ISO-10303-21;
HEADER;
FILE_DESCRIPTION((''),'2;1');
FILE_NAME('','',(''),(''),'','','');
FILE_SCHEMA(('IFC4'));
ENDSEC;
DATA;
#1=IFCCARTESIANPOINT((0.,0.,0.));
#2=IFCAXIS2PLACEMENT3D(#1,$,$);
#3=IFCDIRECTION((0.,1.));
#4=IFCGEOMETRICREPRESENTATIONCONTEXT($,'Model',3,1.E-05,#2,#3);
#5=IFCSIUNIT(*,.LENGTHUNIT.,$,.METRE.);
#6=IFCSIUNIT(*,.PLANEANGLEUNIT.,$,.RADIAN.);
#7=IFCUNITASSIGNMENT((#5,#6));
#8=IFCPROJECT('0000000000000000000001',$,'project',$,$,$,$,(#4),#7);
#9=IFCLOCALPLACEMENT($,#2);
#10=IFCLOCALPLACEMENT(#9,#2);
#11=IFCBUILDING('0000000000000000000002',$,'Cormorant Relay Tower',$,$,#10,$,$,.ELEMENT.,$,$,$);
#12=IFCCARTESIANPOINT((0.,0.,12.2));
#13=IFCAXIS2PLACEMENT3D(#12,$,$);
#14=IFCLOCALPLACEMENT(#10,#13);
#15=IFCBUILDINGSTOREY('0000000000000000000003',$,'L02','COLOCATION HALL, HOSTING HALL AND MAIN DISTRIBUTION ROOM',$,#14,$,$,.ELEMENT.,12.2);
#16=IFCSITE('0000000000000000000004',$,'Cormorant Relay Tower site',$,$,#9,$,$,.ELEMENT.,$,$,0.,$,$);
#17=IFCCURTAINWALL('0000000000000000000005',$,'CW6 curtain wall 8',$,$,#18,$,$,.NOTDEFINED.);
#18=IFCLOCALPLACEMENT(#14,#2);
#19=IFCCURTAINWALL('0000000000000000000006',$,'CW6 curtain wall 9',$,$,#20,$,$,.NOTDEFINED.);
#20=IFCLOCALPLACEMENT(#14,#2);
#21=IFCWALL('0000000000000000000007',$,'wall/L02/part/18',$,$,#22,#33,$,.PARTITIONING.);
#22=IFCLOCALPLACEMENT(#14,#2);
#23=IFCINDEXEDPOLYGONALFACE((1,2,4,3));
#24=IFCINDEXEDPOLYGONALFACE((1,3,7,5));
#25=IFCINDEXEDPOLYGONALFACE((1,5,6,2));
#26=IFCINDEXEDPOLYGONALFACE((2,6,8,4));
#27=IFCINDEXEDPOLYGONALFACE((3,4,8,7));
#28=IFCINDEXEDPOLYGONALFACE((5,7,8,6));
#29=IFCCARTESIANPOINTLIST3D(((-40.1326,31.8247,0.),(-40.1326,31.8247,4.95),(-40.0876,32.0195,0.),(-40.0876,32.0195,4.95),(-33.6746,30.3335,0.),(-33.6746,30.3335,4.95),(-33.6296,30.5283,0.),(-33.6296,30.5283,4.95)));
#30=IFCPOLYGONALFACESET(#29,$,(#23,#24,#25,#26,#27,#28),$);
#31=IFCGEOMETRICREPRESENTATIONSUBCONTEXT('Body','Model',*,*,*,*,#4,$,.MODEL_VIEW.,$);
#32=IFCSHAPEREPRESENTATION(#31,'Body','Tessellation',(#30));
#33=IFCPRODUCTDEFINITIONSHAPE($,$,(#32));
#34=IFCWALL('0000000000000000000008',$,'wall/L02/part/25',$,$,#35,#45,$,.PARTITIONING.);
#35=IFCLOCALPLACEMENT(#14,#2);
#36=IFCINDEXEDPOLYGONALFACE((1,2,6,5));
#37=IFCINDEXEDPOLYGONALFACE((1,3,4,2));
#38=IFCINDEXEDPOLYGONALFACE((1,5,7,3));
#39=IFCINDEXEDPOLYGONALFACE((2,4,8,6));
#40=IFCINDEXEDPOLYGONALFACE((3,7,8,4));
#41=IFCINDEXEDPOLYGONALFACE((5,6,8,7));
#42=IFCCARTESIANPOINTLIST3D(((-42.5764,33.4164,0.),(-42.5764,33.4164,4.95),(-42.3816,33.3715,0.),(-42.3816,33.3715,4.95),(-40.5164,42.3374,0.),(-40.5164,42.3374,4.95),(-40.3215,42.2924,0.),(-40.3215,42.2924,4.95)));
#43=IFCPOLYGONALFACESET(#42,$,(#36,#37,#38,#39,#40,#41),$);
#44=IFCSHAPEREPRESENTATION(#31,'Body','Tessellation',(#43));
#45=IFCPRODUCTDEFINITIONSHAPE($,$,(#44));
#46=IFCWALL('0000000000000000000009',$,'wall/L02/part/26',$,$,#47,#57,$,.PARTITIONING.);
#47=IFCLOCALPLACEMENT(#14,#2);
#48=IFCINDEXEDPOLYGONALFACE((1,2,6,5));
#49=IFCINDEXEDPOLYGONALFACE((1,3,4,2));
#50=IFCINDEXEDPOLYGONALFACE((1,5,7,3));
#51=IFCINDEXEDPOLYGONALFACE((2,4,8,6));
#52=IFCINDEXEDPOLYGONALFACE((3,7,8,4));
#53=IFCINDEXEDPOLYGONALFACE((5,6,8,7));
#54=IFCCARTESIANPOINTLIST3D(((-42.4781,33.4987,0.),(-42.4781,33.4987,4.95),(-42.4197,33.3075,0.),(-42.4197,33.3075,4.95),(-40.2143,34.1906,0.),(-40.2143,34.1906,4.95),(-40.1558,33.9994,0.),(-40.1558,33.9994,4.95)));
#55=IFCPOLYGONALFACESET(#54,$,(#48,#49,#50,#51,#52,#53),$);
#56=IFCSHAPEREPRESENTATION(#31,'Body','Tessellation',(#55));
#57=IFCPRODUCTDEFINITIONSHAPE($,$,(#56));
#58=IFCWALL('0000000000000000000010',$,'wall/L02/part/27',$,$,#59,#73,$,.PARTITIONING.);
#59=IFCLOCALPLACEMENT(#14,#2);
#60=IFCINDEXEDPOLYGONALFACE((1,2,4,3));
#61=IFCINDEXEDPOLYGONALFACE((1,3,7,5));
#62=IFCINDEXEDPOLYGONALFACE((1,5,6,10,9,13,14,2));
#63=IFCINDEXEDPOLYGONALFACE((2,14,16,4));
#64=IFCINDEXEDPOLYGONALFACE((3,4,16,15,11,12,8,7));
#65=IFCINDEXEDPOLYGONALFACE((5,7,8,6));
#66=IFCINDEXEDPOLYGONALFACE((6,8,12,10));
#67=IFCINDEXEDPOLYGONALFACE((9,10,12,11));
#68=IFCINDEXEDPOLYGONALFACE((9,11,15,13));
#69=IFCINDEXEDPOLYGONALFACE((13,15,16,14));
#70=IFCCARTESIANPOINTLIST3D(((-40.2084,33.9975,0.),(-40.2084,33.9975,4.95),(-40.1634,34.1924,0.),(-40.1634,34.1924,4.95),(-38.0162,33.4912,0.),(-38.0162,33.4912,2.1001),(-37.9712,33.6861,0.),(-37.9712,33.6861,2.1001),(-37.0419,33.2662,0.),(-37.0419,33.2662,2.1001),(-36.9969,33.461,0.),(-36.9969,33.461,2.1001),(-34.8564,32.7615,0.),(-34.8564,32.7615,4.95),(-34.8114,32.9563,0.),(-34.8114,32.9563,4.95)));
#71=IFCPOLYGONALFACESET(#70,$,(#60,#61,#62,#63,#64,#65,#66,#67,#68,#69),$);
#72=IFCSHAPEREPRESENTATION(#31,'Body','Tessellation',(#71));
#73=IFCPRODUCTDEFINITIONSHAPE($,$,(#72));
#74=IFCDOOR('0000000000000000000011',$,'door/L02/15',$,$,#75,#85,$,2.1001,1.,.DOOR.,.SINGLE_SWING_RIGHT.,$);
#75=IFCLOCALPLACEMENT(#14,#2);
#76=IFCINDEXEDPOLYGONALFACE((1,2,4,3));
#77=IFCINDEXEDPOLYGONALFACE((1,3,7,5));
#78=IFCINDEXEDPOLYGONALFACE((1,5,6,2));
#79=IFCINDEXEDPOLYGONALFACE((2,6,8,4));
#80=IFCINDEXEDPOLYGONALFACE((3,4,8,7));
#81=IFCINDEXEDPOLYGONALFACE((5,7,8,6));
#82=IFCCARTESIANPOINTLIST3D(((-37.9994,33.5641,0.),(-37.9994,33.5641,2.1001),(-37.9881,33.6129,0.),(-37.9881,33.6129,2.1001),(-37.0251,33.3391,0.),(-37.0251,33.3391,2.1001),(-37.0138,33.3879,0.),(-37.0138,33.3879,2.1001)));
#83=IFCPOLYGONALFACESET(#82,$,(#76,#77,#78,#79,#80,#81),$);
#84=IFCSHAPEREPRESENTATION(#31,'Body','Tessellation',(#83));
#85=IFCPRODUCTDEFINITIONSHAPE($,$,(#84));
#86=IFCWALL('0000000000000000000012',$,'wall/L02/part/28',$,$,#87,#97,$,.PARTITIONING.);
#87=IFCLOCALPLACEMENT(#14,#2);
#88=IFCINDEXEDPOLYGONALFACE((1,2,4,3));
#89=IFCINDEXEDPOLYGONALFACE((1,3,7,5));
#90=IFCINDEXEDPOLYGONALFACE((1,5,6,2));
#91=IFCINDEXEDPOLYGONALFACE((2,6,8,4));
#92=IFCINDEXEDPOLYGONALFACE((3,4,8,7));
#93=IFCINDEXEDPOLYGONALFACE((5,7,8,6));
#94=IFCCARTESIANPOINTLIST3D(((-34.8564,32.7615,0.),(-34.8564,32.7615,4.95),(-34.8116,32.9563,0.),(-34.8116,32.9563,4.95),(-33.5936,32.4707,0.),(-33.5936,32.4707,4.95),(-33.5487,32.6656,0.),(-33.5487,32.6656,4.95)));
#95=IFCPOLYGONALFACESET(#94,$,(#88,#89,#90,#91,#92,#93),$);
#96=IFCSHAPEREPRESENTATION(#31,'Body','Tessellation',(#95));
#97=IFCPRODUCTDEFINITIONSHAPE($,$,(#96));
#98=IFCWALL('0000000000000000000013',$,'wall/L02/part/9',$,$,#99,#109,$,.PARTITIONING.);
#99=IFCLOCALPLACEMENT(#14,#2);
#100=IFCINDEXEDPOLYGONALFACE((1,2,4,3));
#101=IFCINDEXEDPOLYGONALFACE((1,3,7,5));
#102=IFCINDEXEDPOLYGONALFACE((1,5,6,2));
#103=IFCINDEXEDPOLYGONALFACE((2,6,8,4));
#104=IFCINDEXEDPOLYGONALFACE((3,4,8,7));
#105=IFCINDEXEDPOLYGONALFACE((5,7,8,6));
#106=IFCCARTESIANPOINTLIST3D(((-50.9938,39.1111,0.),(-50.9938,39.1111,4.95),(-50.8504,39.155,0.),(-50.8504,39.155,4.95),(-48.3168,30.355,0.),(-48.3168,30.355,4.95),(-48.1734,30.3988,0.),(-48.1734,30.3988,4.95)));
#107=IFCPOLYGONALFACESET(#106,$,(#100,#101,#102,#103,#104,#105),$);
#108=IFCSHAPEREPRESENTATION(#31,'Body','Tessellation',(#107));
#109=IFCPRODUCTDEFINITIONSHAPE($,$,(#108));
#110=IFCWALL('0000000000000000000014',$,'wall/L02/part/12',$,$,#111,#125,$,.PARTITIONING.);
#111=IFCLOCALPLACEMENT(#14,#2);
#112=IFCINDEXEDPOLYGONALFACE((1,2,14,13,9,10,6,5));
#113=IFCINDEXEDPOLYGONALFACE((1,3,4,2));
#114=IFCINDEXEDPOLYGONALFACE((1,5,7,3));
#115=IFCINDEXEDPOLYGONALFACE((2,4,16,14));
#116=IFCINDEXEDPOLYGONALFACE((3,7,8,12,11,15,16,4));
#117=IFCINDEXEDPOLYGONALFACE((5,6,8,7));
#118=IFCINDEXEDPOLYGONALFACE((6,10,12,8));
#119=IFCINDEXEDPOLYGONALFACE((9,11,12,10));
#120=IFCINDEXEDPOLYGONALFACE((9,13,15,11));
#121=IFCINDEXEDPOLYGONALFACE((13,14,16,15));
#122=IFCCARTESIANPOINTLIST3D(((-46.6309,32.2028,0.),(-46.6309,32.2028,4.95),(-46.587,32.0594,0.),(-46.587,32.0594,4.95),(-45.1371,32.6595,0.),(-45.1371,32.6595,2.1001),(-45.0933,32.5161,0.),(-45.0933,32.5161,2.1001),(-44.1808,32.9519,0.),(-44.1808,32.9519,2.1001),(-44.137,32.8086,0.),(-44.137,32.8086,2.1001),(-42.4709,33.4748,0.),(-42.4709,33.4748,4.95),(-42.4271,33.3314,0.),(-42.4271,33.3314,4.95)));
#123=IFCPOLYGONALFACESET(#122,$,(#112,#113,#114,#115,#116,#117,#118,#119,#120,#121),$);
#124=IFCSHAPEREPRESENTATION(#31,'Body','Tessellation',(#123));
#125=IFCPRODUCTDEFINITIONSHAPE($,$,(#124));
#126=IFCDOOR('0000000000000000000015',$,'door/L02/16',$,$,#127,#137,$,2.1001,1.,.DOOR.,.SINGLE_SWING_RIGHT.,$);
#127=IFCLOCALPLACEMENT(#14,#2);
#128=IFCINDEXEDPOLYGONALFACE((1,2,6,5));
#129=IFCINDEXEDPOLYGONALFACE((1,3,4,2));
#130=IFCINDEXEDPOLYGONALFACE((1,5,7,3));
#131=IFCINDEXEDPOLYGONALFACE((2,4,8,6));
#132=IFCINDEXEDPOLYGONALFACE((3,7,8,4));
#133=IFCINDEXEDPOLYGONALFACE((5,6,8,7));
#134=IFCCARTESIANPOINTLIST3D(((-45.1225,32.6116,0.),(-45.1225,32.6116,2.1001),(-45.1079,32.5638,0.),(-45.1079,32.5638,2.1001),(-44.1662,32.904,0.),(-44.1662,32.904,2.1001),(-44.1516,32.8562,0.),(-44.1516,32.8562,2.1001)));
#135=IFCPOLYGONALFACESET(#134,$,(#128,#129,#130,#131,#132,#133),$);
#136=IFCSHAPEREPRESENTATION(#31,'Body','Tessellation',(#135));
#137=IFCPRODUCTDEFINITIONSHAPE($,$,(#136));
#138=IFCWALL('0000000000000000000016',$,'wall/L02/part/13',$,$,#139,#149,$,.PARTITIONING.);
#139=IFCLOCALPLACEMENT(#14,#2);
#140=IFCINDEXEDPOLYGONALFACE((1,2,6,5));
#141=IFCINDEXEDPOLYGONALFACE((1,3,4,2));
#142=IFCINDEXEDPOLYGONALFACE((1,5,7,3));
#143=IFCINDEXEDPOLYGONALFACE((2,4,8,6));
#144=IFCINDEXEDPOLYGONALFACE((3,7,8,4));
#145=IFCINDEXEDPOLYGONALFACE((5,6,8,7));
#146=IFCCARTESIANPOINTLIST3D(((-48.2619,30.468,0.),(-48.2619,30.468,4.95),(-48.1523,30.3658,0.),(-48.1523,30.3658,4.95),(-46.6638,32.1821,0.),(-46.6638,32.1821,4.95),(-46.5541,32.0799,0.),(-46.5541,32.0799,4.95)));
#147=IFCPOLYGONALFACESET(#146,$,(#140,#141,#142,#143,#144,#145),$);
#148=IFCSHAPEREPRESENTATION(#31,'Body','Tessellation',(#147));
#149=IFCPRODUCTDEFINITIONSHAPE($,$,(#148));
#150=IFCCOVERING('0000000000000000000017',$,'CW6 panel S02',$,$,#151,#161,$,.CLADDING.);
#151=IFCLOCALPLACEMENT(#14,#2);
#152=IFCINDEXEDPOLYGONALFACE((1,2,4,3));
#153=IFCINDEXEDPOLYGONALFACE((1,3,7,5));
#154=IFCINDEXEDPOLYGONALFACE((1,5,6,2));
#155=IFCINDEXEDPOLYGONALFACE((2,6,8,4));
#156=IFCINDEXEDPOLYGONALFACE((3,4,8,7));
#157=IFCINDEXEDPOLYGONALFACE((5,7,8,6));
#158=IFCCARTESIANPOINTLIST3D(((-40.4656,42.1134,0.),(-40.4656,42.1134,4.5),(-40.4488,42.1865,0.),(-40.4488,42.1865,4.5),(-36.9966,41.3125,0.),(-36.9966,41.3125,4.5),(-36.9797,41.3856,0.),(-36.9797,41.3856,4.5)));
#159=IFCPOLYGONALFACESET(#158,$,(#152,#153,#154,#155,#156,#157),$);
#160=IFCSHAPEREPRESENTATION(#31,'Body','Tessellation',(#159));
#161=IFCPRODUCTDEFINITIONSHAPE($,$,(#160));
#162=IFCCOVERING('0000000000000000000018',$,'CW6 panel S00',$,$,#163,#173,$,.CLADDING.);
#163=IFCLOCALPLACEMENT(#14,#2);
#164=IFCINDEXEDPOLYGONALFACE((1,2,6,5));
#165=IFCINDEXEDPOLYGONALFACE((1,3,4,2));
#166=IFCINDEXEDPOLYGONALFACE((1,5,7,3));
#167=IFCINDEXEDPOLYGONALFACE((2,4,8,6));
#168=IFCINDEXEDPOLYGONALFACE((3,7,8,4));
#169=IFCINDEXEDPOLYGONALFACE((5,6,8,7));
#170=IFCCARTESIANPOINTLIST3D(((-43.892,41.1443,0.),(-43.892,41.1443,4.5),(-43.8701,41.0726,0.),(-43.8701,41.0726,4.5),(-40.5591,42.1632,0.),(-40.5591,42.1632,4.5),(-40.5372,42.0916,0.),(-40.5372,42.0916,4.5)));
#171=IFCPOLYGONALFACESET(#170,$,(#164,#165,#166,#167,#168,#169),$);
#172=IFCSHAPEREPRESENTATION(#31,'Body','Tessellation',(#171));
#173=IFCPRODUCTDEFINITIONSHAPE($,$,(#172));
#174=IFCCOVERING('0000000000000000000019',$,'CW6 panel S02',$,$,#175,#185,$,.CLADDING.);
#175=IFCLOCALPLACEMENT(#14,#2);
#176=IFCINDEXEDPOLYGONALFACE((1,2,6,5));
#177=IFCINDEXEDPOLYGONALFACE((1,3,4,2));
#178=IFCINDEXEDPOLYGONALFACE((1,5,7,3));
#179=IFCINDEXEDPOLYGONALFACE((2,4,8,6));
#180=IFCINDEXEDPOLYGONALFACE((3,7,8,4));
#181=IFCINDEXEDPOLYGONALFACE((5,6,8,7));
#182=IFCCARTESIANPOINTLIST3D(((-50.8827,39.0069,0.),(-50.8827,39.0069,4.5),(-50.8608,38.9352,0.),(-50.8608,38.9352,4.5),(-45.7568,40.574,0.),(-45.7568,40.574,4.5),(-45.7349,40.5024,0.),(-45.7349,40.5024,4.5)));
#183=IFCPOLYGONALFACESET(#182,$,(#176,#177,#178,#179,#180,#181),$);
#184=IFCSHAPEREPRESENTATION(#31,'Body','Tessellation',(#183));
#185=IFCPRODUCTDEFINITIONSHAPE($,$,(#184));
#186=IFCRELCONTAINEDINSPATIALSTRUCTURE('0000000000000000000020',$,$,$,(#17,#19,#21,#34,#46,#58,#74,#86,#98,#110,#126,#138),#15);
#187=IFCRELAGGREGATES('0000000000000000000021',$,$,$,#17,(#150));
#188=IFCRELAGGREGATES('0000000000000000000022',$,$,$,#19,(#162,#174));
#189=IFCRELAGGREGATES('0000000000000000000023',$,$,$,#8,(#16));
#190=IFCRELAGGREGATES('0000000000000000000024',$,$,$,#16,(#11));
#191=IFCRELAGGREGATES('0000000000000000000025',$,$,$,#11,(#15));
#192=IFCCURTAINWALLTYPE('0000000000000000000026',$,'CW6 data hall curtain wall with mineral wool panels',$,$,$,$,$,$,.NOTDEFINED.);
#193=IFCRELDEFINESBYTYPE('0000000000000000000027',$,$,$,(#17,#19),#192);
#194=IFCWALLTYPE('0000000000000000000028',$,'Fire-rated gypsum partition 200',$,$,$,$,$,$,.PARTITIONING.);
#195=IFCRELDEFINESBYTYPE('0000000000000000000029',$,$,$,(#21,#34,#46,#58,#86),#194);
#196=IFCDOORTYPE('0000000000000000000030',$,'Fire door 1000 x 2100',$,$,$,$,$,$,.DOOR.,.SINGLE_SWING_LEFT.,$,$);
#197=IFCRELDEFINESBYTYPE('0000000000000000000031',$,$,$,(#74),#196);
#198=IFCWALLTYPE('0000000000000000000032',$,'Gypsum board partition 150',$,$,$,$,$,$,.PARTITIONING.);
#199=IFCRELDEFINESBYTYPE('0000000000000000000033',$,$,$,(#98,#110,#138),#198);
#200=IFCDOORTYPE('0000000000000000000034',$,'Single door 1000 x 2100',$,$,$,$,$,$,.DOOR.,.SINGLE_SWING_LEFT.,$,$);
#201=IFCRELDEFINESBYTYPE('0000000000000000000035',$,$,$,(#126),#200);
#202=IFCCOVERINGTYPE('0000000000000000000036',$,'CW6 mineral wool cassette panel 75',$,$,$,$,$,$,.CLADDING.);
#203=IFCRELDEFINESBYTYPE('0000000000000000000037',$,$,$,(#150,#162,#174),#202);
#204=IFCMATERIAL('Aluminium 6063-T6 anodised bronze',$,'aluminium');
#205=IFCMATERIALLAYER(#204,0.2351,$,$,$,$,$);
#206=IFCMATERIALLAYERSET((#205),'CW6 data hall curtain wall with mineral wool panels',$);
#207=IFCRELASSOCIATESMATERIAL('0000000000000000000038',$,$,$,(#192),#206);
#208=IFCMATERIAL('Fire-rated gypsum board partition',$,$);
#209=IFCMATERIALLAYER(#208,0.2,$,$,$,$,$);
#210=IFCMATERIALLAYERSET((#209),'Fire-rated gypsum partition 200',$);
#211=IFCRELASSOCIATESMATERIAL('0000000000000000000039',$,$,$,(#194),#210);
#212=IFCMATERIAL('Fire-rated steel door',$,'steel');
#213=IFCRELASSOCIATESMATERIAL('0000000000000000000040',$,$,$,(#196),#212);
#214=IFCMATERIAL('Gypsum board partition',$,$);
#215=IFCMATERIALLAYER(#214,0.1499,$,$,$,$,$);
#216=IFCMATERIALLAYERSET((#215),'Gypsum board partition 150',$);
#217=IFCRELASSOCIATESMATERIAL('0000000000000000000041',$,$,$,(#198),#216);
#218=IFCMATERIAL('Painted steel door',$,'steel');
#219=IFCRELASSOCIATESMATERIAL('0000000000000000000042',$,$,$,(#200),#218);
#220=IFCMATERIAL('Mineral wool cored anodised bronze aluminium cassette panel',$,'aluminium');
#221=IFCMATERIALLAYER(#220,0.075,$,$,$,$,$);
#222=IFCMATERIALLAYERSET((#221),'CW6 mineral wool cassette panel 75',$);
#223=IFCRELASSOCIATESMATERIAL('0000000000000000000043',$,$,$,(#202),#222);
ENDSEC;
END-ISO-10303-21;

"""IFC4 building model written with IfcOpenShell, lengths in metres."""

from ifc_helpers import new_model, si_unit, direction, frame, frame_2d, origin, origin_2d, place, context, subcontext, project, spatial, rectangle, extrude, material, layer, layer_set, type_object, element, fill, aggregate, save


model = new_model("IFC4")

# Units and contexts
model_context = context("Model", 3, precision=1e-05, world=origin(), true_north=direction((0.0, 1.0)))
body_context = subcontext(model_context, "Body", "Model", "MODEL_VIEW")
ifc_project = project(units=[si_unit("LENGTHUNIT", "METRE"), si_unit("PLANEANGLEUNIT", "RADIAN")], contexts=[model_context])

# Site, building, storey
site_placement = place(None, origin())
site = spatial("IfcSite", under=ifc_project, at=site_placement, Name="Cormorant Relay Tower site", CompositionType="ELEMENT", RefElevation=0.0)
building_placement = place(site_placement, origin())
building = spatial("IfcBuilding", under=site, at=building_placement, Name="Cormorant Relay Tower", CompositionType="ELEMENT")
storey_placement = place(building_placement, frame((0.0, 0.0, 12.2)))
storey = spatial("IfcBuildingStorey", under=building, at=storey_placement, Name="L02", Description="COLOCATION HALL, HOSTING HALL AND MAIN DISTRIBUTION ROOM", CompositionType="ELEMENT", Elevation=12.2)

# Curtain wall
ifc_material_1 = material(Name="Aluminium 6063-T6 anodised bronze", Category="aluminium")
ifc_layer_1 = layer(ifc_material_1, 0.2351)
ifc_layer_set_1 = layer_set([ifc_layer_1], Name="CW6 data hall curtain wall with mineral wool panels")
curtain_wall_type = type_object("IfcCurtainWallType", Name="CW6 data hall curtain wall with mineral wool panels", PredefinedType="NOTDEFINED", material=ifc_layer_set_1)
curtain_wall_1_placement = place(storey_placement, origin())
curtain_wall_1 = element("IfcCurtainWall", 1, at=curtain_wall_1_placement, inside=storey, type_object=curtain_wall_type, Name="CW6 curtain wall 8", PredefinedType="NOTDEFINED")

# Curtain wall
curtain_wall_2_placement = place(storey_placement, origin())
curtain_wall_2 = element("IfcCurtainWall", 2, at=curtain_wall_2_placement, inside=storey, type_object=curtain_wall_type, Name="CW6 curtain wall 9", PredefinedType="NOTDEFINED")

# Walls
ifc_material_2 = material(Name="Fire-rated gypsum board partition")
ifc_layer_2 = layer(ifc_material_2, 0.2)
ifc_layer_set_2 = layer_set([ifc_layer_2], Name="Fire-rated gypsum partition 200")
wall_type_1 = type_object("IfcWallType", Name="Fire-rated gypsum partition 200", PredefinedType="PARTITIONING", material=ifc_layer_set_2)
wall_1_placement = place(storey_placement, frame((-40.1101, 31.9221, 0.0), z_axis=(0.0, 0.0, 1.0), x_axis=(0.974361, -0.224989, 0.0)))
element("IfcWall", 3, at=wall_1_placement, inside=storey, type_object=wall_type_1, Name="wall/L02/part/18", PredefinedType="PARTITIONING", context=body_context, shape_type="SweptSolid", body=[
    extrude(rectangle(XDim=6.6279, YDim=0.2, at=frame_2d((3.314, 0.0))), origin(), (0.0, 0.0, 1.0), 4.95),
])
wall_2_placement = place(storey_placement, frame((-40.4189, 42.3149, 0.0), z_axis=(0.0, 0.0, 1.0), x_axis=(-0.225004, -0.974358, 0.0)))
element("IfcWall", 4, at=wall_2_placement, inside=storey, type_object=wall_type_1, Name="wall/L02/part/25", PredefinedType="PARTITIONING", context=body_context, shape_type="SweptSolid", body=[
    extrude(rectangle(XDim=9.1558, YDim=0.2, at=frame_2d((4.5779, 0.0))), origin(), (0.0, 0.0, 1.0), 4.95),
])
wall_3_placement = place(storey_placement, frame((-40.1851, 34.095, 0.0), z_axis=(0.0, 0.0, 1.0), x_axis=(-0.956335, -0.292274, 0.0)))
element("IfcWall", 5, at=wall_3_placement, inside=storey, type_object=wall_type_1, Name="wall/L02/part/26", PredefinedType="PARTITIONING", context=body_context, shape_type="SweptSolid", body=[
    extrude(rectangle(XDim=2.3672, YDim=0.2, at=frame_2d((1.1836, 0.0))), origin(), (0.0, 0.0, 1.0), 4.95),
])

# Wall, opening, door
wall_4_placement = place(storey_placement, frame((-40.186, 34.095, 0.0), z_axis=(0.0, 0.0, 1.0), x_axis=(0.974351, -0.225032, 0.0)))
wall_4 = element("IfcWall", 6, at=wall_4_placement, inside=storey, type_object=wall_type_1, Name="wall/L02/part/27", PredefinedType="PARTITIONING", context=body_context, shape_type="SweptSolid", body=[
    extrude(rectangle(XDim=5.4929, YDim=0.2, at=frame_2d((2.7466, 0.0))), origin(), (0.0, 0.0, 1.0), 4.95),
])
opening_1_placement = place(wall_4_placement, frame((2.25, 0.0, 0.0)))
opening_1 = element("IfcOpeningElement", 7, at=opening_1_placement, cuts=wall_4, PredefinedType="OPENING", context=body_context, shape_type="SweptSolid", body=[
    extrude(rectangle(XDim=1.0, YDim=2.1001, at=frame_2d((0.5, 1.05))), frame((0.0, 0.1099, 0.0), z_axis=(0.0, -1.0, 0.0), x_axis=(1.0, 0.0, 0.0)), (0.0, 0.0, 1.0), 0.22),
])
ifc_material_3 = material(Name="Fire-rated steel door", Category="steel")
door_type_1 = type_object("IfcDoorType", Name="Fire door 1000 x 2100", OperationType="SINGLE_SWING_LEFT", PredefinedType="DOOR", material=ifc_material_3)
door_1_placement = place(opening_1_placement, origin())
door_1 = element("IfcDoor", 8, at=door_1_placement, inside=storey, type_object=door_type_1, Name="door/L02/15", OperationType="SINGLE_SWING_RIGHT", OverallHeight=2.1001, OverallWidth=1.0, PredefinedType="DOOR", context=body_context, shape_type="SweptSolid", body=[
    extrude(rectangle(XDim=1.0, YDim=2.1001, at=frame_2d((0.5, 1.05))), frame((0.0, 0.0249, 0.0), z_axis=(0.0, -1.0, 0.0), x_axis=(1.0, 0.0, 0.0)), (0.0, 0.0, 1.0), 0.05),
])
fill(opening_1, door_1)

# Walls
wall_5_placement = place(storey_placement, frame((-34.834, 32.8589, 0.0), z_axis=(0.0, 0.0, 1.0), x_axis=(0.974505, -0.224364, 0.0)))
element("IfcWall", 9, at=wall_5_placement, inside=storey, type_object=wall_type_1, Name="wall/L02/part/28", PredefinedType="PARTITIONING", context=body_context, shape_type="SweptSolid", body=[
    extrude(rectangle(XDim=1.2959, YDim=0.2, at=frame_2d((0.6479, 0.0))), origin(), (0.0, 0.0, 1.0), 4.95),
])
ifc_material_4 = material(Name="Gypsum board partition")
ifc_layer_3 = layer(ifc_material_4, 0.1499)
ifc_layer_set_3 = layer_set([ifc_layer_3], Name="Gypsum board partition 150")
wall_type_2 = type_object("IfcWallType", Name="Gypsum board partition 150", PredefinedType="PARTITIONING", material=ifc_layer_set_3)
wall_6_placement = place(storey_placement, frame((-50.9221, 39.1331, 0.0), z_axis=(0.0, 0.0, 1.0), x_axis=(0.292371, -0.956305, 0.0)))
element("IfcWall", 10, at=wall_6_placement, inside=storey, type_object=wall_type_2, Name="wall/L02/part/9", PredefinedType="PARTITIONING", context=body_context, shape_type="SweptSolid", body=[
    extrude(rectangle(XDim=9.1562, YDim=0.1499, at=frame_2d((4.5781, 0.0))), origin(), (0.0, 0.0, 1.0), 4.95),
])

# Wall, opening, door
wall_7_placement = place(storey_placement, frame((-42.449, 33.4031, 0.0), z_axis=(0.0, 0.0, 1.0), x_axis=(-0.956294, -0.292405, 0.0)))
wall_7 = element("IfcWall", 11, at=wall_7_placement, inside=storey, type_object=wall_type_2, Name="wall/L02/part/12", PredefinedType="PARTITIONING", context=body_context, shape_type="SweptSolid", body=[
    extrude(rectangle(XDim=4.3501, YDim=0.1499, at=frame_2d((2.175, 0.0))), origin(), (0.0, 0.0, 1.0), 4.95),
])
opening_2_placement = place(wall_7_placement, frame((1.7881, 0.0, 0.0)))
opening_2 = element("IfcOpeningElement", 12, at=opening_2_placement, cuts=wall_7, PredefinedType="OPENING", context=body_context, shape_type="SweptSolid", body=[
    extrude(rectangle(XDim=1.0, YDim=2.1001, at=frame_2d((0.5, 1.05))), frame((0.0, 0.085, 0.0), z_axis=(0.0, -1.0, 0.0), x_axis=(1.0, 0.0, 0.0)), (0.0, 0.0, 1.0), 0.1699),
])
ifc_material_5 = material(Name="Painted steel door", Category="steel")
door_type_2 = type_object("IfcDoorType", Name="Single door 1000 x 2100", OperationType="SINGLE_SWING_LEFT", PredefinedType="DOOR", material=ifc_material_5)
door_2_placement = place(opening_2_placement, frame((1.0, 0.0, 0.0), z_axis=(0.0, 0.0, 1.0), x_axis=(-1.0, 0.0, 0.0)))
door_2 = element("IfcDoor", 13, at=door_2_placement, inside=storey, type_object=door_type_2, Name="door/L02/16", OperationType="SINGLE_SWING_RIGHT", OverallHeight=2.1001, OverallWidth=1.0, PredefinedType="DOOR", context=body_context, shape_type="SweptSolid", body=[
    extrude(rectangle(XDim=1.0, YDim=2.1001, at=frame_2d((0.5, 1.05))), frame((0.0, 0.0249, 0.0), z_axis=(0.0, -1.0, 0.0), x_axis=(1.0, 0.0, 0.0)), (0.0, 0.0, 1.0), 0.05),
])
fill(opening_2, door_2)

# Wall
wall_8_placement = place(storey_placement, frame((-46.6089, 32.1311, 0.0), z_axis=(0.0, 0.0, 1.0), x_axis=(-0.681932, -0.731415, 0.0)))
element("IfcWall", 14, at=wall_8_placement, inside=storey, type_object=wall_type_2, Name="wall/L02/part/13", PredefinedType="PARTITIONING", context=body_context, shape_type="SweptSolid", body=[
    extrude(rectangle(XDim=2.3435, YDim=0.1499, at=frame_2d((1.1719, 0.0))), origin(), (0.0, 0.0, 1.0), 4.95),
])

# Coverings
ifc_material_6 = material(Name="Mineral wool cored anodised bronze aluminium cassette panel", Category="aluminium")
ifc_layer_4 = layer(ifc_material_6, 0.075)
ifc_layer_set_4 = layer_set([ifc_layer_4], Name="CW6 mineral wool cassette panel 75")
covering_type = type_object("IfcCoveringType", Name="CW6 mineral wool cassette panel 75", PredefinedType="CLADDING", material=ifc_layer_set_4)
covering_1_placement = place(storey_placement, frame((-38.7227, 41.7495, 0.0), z_axis=(0.0, 0.0, 1.0), x_axis=(-0.97437, 0.224951, 0.0)))
covering_1 = element("IfcCovering", 15, at=covering_1_placement, type_object=covering_type, Name="CW6 panel S02", PredefinedType="CLADDING", context=body_context, shape_type="SweptSolid", body=[
    extrude(rectangle(XDim=3.5603, YDim=0.075, at=origin_2d()), origin(), (0.0, 0.0, 1.0), 4.5),
])
aggregate(curtain_wall_1, [covering_1])
covering_2_placement = place(storey_placement, frame((-42.2146, 41.6179, 0.0), z_axis=(0.0, 0.0, 1.0), x_axis=(-0.956305, -0.292372, 0.0)))
covering_2 = element("IfcCovering", 16, at=covering_2_placement, type_object=covering_type, Name="CW6 panel S00", PredefinedType="CLADDING", context=body_context, shape_type="SweptSolid", body=[
    extrude(rectangle(XDim=3.4851, YDim=0.075, at=origin_2d()), origin(), (0.0, 0.0, 1.0), 4.5),
])
covering_3_placement = place(storey_placement, frame((-48.3088, 39.7546, 0.0), z_axis=(0.0, 0.0, 1.0), x_axis=(-0.956305, -0.292372, 0.0)))
covering_3 = element("IfcCovering", 17, at=covering_3_placement, type_object=covering_type, Name="CW6 panel S02", PredefinedType="CLADDING", context=body_context, shape_type="SweptSolid", body=[
    extrude(rectangle(XDim=5.3601, YDim=0.075, at=origin_2d()), origin(), (0.0, 0.0, 1.0), 4.5),
])
aggregate(curtain_wall_2, [covering_2, covering_3])

save(model, "model.ifc")
